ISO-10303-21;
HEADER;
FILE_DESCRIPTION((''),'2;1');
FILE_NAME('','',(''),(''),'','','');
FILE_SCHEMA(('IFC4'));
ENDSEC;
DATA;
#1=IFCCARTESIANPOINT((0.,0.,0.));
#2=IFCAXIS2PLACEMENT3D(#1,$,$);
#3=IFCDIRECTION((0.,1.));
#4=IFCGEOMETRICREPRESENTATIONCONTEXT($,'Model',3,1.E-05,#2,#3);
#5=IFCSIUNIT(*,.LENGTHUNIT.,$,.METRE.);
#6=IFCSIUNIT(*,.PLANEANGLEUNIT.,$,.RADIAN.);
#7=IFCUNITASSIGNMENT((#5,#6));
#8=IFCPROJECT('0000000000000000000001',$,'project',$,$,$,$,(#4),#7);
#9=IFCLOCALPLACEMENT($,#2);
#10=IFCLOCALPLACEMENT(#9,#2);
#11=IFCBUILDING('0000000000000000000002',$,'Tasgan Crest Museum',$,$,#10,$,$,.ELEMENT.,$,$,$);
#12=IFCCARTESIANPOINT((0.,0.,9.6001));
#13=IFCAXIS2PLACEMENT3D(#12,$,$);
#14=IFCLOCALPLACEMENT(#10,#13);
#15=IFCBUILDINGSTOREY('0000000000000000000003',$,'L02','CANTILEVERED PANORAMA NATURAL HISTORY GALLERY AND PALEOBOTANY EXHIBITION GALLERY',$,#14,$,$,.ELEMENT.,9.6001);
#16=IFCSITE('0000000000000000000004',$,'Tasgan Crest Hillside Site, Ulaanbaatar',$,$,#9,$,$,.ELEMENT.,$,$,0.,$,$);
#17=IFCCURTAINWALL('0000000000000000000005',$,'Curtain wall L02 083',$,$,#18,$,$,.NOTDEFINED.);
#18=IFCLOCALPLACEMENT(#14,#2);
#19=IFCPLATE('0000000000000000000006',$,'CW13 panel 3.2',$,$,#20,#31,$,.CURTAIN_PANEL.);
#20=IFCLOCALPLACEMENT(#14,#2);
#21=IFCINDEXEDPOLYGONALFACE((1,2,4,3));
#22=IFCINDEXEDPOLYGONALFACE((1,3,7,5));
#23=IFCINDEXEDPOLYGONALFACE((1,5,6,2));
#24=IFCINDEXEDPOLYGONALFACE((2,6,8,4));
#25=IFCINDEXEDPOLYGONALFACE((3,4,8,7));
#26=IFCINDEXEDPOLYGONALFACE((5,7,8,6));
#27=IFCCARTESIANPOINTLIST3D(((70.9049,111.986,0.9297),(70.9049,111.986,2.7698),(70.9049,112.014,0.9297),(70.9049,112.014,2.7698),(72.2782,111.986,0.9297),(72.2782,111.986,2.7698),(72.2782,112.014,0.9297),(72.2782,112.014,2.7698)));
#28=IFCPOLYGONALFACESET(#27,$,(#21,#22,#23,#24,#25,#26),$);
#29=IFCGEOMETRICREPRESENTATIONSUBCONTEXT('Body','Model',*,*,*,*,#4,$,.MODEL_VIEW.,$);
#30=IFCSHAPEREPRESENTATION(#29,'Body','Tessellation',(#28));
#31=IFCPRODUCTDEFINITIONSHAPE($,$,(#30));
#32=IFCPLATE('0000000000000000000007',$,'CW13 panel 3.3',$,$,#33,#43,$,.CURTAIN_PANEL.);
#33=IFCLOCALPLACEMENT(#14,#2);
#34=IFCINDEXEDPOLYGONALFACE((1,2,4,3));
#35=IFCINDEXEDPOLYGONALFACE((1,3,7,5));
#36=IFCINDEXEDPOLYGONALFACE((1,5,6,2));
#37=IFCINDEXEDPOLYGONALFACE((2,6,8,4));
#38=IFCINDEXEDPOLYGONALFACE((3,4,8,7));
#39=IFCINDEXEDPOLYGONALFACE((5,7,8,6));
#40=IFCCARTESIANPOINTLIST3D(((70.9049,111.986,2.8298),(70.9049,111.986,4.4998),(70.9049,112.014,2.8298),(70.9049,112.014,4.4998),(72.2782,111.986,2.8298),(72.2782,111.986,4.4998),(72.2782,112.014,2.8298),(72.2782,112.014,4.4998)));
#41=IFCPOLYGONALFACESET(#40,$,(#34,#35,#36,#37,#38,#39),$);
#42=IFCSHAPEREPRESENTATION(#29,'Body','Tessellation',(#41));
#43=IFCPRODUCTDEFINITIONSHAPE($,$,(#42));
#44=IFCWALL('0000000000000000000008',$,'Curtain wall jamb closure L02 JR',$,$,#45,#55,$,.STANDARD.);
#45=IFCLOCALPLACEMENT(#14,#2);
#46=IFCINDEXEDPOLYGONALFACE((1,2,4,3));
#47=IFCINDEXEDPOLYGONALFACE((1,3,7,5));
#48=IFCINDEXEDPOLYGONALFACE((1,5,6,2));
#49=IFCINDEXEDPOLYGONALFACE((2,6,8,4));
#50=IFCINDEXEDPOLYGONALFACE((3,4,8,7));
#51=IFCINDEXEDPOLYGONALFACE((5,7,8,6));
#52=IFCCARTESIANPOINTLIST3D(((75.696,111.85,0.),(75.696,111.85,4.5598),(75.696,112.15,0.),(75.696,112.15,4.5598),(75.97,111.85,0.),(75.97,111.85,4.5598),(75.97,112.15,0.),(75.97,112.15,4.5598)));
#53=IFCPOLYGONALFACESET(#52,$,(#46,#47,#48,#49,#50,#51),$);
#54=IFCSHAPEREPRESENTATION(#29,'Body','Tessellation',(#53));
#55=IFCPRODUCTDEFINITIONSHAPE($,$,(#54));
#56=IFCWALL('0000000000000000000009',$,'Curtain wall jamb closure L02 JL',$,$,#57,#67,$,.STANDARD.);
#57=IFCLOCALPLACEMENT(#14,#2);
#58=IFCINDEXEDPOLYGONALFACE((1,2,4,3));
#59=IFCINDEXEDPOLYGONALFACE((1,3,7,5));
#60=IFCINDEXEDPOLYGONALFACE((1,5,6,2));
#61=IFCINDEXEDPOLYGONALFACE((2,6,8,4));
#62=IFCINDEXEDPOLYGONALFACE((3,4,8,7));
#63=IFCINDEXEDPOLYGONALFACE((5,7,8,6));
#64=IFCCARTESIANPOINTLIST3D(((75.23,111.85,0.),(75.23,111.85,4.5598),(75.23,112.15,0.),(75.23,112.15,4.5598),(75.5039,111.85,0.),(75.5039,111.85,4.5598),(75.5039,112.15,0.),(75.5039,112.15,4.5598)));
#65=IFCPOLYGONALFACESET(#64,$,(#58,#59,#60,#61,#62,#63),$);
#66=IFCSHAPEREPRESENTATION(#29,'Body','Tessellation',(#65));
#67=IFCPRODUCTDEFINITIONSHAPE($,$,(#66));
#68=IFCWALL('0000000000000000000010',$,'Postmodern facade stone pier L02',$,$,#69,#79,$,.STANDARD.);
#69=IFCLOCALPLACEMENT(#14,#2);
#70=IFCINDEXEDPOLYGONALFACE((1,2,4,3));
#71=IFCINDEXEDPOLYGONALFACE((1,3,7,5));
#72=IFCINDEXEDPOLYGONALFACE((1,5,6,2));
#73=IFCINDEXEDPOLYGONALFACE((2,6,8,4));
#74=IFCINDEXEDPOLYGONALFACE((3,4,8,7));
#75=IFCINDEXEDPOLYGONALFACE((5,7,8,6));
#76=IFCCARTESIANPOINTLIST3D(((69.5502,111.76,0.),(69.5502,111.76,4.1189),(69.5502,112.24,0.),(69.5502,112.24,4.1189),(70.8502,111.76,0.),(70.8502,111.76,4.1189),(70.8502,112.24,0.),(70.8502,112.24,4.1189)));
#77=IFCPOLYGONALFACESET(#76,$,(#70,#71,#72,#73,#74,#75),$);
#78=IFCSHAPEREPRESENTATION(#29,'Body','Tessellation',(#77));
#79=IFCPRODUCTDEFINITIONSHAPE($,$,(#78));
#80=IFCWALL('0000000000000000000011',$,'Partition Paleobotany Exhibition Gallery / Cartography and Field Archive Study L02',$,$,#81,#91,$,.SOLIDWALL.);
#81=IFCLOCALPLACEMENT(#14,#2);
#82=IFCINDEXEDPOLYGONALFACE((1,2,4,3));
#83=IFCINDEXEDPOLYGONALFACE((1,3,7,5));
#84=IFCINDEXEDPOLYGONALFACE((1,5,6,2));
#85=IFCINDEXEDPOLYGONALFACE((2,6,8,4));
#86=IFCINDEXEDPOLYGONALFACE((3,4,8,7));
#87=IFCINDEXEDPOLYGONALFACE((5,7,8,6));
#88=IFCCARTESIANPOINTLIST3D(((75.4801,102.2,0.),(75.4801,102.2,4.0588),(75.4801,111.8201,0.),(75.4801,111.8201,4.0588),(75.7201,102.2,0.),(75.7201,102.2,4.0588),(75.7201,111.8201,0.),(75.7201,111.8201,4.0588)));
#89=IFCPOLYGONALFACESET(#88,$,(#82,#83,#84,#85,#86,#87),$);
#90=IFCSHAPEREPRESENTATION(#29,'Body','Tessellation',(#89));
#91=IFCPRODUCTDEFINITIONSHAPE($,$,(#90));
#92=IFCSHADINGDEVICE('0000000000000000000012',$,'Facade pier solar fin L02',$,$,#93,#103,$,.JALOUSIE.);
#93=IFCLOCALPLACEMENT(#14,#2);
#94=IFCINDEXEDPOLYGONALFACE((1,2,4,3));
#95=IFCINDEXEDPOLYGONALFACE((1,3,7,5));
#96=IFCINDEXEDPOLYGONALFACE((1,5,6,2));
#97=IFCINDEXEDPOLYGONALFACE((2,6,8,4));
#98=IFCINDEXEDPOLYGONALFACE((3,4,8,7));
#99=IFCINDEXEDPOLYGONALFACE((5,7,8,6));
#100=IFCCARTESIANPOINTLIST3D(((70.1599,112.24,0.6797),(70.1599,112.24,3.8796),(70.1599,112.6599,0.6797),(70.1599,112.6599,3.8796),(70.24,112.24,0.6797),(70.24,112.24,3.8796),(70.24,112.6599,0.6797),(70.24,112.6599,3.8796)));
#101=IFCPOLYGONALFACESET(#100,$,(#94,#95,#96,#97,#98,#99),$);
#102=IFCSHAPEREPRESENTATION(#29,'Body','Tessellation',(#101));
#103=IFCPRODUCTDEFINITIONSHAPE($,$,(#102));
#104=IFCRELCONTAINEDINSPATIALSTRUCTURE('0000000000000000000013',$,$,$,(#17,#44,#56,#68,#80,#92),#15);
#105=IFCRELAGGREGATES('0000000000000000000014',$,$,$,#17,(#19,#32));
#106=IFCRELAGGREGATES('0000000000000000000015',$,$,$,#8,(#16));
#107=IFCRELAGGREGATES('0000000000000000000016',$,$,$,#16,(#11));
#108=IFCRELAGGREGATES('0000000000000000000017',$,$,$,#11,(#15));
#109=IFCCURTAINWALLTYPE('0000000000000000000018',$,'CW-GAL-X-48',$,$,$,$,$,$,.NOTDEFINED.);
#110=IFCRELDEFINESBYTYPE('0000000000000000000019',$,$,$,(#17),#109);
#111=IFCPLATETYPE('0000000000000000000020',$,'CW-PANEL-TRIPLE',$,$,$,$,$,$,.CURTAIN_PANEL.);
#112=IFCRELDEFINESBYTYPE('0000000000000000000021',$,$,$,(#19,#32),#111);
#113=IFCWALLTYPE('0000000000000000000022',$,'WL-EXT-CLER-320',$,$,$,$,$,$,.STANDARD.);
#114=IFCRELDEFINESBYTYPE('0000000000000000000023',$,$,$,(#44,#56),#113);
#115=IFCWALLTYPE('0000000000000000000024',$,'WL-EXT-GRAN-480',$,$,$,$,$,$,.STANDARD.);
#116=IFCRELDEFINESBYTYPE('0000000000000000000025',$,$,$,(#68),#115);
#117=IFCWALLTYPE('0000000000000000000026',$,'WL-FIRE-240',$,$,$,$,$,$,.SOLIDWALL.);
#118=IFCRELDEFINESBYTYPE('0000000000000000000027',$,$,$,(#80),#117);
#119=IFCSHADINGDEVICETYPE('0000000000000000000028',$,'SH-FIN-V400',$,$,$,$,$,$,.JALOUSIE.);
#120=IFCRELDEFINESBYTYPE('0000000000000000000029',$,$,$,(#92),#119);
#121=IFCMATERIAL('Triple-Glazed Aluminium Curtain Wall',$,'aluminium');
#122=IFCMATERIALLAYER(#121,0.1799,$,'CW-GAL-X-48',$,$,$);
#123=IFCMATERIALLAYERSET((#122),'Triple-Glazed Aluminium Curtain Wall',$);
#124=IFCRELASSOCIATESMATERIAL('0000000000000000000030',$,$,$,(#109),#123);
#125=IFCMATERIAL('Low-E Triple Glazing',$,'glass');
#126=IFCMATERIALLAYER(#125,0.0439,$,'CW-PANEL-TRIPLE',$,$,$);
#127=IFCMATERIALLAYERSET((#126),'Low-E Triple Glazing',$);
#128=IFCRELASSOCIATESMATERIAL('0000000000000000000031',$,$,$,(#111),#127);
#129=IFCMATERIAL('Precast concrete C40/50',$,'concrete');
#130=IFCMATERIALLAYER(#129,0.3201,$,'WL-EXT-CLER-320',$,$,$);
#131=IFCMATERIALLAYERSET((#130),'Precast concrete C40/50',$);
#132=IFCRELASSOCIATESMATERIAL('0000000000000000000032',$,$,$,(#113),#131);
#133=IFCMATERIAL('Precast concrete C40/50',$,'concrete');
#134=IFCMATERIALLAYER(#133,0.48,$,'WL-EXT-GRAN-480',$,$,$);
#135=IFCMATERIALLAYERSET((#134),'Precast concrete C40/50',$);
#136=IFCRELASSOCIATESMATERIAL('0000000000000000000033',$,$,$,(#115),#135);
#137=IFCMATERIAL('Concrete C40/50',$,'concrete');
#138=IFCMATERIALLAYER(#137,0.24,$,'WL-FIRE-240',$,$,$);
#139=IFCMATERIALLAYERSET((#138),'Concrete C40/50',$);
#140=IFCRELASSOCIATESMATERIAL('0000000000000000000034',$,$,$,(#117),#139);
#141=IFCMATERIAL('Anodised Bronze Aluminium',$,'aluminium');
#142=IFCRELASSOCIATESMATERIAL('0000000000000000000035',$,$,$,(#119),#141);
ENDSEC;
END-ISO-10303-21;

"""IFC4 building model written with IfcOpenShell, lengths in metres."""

from ifc_helpers import new_model, si_unit, direction, frame, frame_2d, origin, origin_2d, place, context, subcontext, project, spatial, rectangle, extrude, material, layer, layer_set, type_object, element, aggregate, save


model = new_model("IFC4")

# Units and contexts
model_context = context("Model", 3, precision=1e-05, world=origin(), true_north=direction((0.0, 1.0)))
body_context = subcontext(model_context, "Body", "Model", "MODEL_VIEW")
ifc_project = project(units=[si_unit("LENGTHUNIT", "METRE"), si_unit("PLANEANGLEUNIT", "RADIAN")], contexts=[model_context])

# Site, building, storey
site_placement = place(None, origin())
site = spatial("IfcSite", under=ifc_project, at=site_placement, Name="Tasgan Crest Hillside Site, Ulaanbaatar", CompositionType="ELEMENT", RefElevation=0.0)
building_placement = place(site_placement, origin())
building = spatial("IfcBuilding", under=site, at=building_placement, Name="Tasgan Crest Museum", CompositionType="ELEMENT")
storey_placement = place(building_placement, frame((0.0, 0.0, 9.6001)))
storey = spatial("IfcBuildingStorey", under=building, at=storey_placement, Name="L02", Description="CANTILEVERED PANORAMA NATURAL HISTORY GALLERY AND PALEOBOTANY EXHIBITION GALLERY", CompositionType="ELEMENT", Elevation=9.6001)

# Shared definitions
ifc_material_1 = material(Name="Triple-Glazed Aluminium Curtain Wall", Category="aluminium")
ifc_layer_1 = layer(ifc_material_1, 0.1799, Name="CW-GAL-X-48")
ifc_layer_set_1 = layer_set([ifc_layer_1], Name="Triple-Glazed Aluminium Curtain Wall")
curtain_wall_type = type_object("IfcCurtainWallType", Name="CW-GAL-X-48", PredefinedType="NOTDEFINED", material=ifc_layer_set_1)

# Curtain wall
curtain_wall_1_placement = place(storey_placement, origin())
curtain_wall_1 = element("IfcCurtainWall", 1, at=curtain_wall_1_placement, inside=storey, type_object=curtain_wall_type, Name="Curtain wall L02 083", PredefinedType="NOTDEFINED")

# Plates
ifc_material_2 = material(Name="Low-E Triple Glazing", Category="glass")
ifc_layer_2 = layer(ifc_material_2, 0.0439, Name="CW-PANEL-TRIPLE")
ifc_layer_set_2 = layer_set([ifc_layer_2], Name="Low-E Triple Glazing")
plate_type_1 = type_object("IfcPlateType", Name="CW-PANEL-TRIPLE", PredefinedType="CURTAIN_PANEL", material=ifc_layer_set_2)
plate_1_placement = place(storey_placement, frame((71.5916, 112.0, 0.9297), z_axis=(0.0, 0.0, 1.0), x_axis=(-1.0, 0.0, 0.0)))
plate_1 = element("IfcPlate", 2, at=plate_1_placement, type_object=plate_type_1, Name="CW13 panel 3.2", PredefinedType="CURTAIN_PANEL", context=body_context, shape_type="SweptSolid", body=[
    extrude(rectangle(XDim=1.3733, YDim=0.0281, at=origin_2d()), origin(), (0.0, 0.0, 1.0), 1.8401),
])
plate_2_placement = place(storey_placement, frame((71.5916, 112.0, 2.8298), z_axis=(0.0, 0.0, 1.0), x_axis=(-1.0, 0.0, 0.0)))
plate_2 = element("IfcPlate", 3, at=plate_2_placement, type_object=plate_type_1, Name="CW13 panel 3.3", PredefinedType="CURTAIN_PANEL", context=body_context, shape_type="SweptSolid", body=[
    extrude(rectangle(XDim=1.3733, YDim=0.0281, at=origin_2d()), origin(), (0.0, 0.0, 1.0), 1.6699),
])
aggregate(curtain_wall_1, [plate_1, plate_2])

# Walls
ifc_material_3 = material(Name="Precast concrete C40/50", Category="concrete")
ifc_layer_3 = layer(ifc_material_3, 0.3201, Name="WL-EXT-CLER-320")
ifc_layer_set_3 = layer_set([ifc_layer_3], Name="Precast concrete C40/50")
wall_type_1 = type_object("IfcWallType", Name="WL-EXT-CLER-320", PredefinedType="STANDARD", material=ifc_layer_set_3)
for number, where, z_axis, x_axis, name in (
    (4, (75.97, 112.0, 0.0), (0.0, 0.0, 1.0), (-1.0, 0.0, 0.0), "Curtain wall jamb closure L02 JR"),
    (5, (75.5039, 112.0, 0.0), (0.0, 0.0, 1.0), (-1.0, 0.0, 0.0), "Curtain wall jamb closure L02 JL"),
):
    element("IfcWall", number, at=place(storey_placement, frame(where, z_axis=z_axis, x_axis=x_axis)), inside=storey, type_object=wall_type_1, Name=name, PredefinedType="STANDARD", context=body_context, shape_type="SweptSolid", body=[
        extrude(rectangle(XDim=0.2739, YDim=0.3, at=frame_2d((0.137, 0.0))), origin(), (0.0, 0.0, 1.0), 4.5598),
    ])
ifc_material_4 = material(Name="Precast concrete C40/50", Category="concrete")
ifc_layer_4 = layer(ifc_material_4, 0.48, Name="WL-EXT-GRAN-480")
ifc_layer_set_4 = layer_set([ifc_layer_4], Name="Precast concrete C40/50")
wall_type_2 = type_object("IfcWallType", Name="WL-EXT-GRAN-480", PredefinedType="STANDARD", material=ifc_layer_set_4)
wall_1_placement = place(storey_placement, frame((70.8501, 112.0, 0.0), z_axis=(0.0, 0.0, 1.0), x_axis=(-1.0, 0.0, 0.0)))
element("IfcWall", 6, at=wall_1_placement, inside=storey, type_object=wall_type_2, Name="Postmodern facade stone pier L02", PredefinedType="STANDARD", context=body_context, shape_type="SweptSolid", body=[
    extrude(rectangle(XDim=1.3, YDim=0.48, at=frame_2d((0.6499, 0.0))), origin(), (0.0, 0.0, 1.0), 4.1189),
])
ifc_material_5 = material(Name="Concrete C40/50", Category="concrete")
ifc_layer_5 = layer(ifc_material_5, 0.24, Name="WL-FIRE-240")
ifc_layer_set_5 = layer_set([ifc_layer_5], Name="Concrete C40/50")
wall_type_3 = type_object("IfcWallType", Name="WL-FIRE-240", PredefinedType="SOLIDWALL", material=ifc_layer_set_5)
wall_2_placement = place(storey_placement, frame((75.6001, 102.2, 0.0), z_axis=(0.0, 0.0, 1.0), x_axis=(0.0, 1.0, 0.0)))
element("IfcWall", 7, at=wall_2_placement, inside=storey, type_object=wall_type_3, Name="Partition Paleobotany Exhibition Gallery / Cartography and Field Archive Study L02", PredefinedType="SOLIDWALL", context=body_context, shape_type="SweptSolid", body=[
    extrude(rectangle(XDim=9.6201, YDim=0.24, at=frame_2d((4.8101, 0.0))), origin(), (0.0, 0.0, 1.0), 4.0588),
])

# Shading device
ifc_material_6 = material(Name="Anodised Bronze Aluminium", Category="aluminium")
shading_device_type = type_object("IfcShadingDeviceType", Name="SH-FIN-V400", PredefinedType="JALOUSIE", material=ifc_material_6)
shading_device_placement = place(storey_placement, frame((70.2, 112.45, 0.6797), z_axis=(0.0, 0.0, 1.0), x_axis=(-1.0, 0.0, 0.0)))
element("IfcShadingDevice", 8, at=shading_device_placement, inside=storey, type_object=shading_device_type, Name="Facade pier solar fin L02", PredefinedType="JALOUSIE", context=body_context, shape_type="SweptSolid", body=[
    extrude(rectangle(XDim=0.0801, YDim=0.4199, at=origin_2d()), origin(), (0.0, 0.0, 1.0), 3.2),
])

save(model, "model.ifc")
